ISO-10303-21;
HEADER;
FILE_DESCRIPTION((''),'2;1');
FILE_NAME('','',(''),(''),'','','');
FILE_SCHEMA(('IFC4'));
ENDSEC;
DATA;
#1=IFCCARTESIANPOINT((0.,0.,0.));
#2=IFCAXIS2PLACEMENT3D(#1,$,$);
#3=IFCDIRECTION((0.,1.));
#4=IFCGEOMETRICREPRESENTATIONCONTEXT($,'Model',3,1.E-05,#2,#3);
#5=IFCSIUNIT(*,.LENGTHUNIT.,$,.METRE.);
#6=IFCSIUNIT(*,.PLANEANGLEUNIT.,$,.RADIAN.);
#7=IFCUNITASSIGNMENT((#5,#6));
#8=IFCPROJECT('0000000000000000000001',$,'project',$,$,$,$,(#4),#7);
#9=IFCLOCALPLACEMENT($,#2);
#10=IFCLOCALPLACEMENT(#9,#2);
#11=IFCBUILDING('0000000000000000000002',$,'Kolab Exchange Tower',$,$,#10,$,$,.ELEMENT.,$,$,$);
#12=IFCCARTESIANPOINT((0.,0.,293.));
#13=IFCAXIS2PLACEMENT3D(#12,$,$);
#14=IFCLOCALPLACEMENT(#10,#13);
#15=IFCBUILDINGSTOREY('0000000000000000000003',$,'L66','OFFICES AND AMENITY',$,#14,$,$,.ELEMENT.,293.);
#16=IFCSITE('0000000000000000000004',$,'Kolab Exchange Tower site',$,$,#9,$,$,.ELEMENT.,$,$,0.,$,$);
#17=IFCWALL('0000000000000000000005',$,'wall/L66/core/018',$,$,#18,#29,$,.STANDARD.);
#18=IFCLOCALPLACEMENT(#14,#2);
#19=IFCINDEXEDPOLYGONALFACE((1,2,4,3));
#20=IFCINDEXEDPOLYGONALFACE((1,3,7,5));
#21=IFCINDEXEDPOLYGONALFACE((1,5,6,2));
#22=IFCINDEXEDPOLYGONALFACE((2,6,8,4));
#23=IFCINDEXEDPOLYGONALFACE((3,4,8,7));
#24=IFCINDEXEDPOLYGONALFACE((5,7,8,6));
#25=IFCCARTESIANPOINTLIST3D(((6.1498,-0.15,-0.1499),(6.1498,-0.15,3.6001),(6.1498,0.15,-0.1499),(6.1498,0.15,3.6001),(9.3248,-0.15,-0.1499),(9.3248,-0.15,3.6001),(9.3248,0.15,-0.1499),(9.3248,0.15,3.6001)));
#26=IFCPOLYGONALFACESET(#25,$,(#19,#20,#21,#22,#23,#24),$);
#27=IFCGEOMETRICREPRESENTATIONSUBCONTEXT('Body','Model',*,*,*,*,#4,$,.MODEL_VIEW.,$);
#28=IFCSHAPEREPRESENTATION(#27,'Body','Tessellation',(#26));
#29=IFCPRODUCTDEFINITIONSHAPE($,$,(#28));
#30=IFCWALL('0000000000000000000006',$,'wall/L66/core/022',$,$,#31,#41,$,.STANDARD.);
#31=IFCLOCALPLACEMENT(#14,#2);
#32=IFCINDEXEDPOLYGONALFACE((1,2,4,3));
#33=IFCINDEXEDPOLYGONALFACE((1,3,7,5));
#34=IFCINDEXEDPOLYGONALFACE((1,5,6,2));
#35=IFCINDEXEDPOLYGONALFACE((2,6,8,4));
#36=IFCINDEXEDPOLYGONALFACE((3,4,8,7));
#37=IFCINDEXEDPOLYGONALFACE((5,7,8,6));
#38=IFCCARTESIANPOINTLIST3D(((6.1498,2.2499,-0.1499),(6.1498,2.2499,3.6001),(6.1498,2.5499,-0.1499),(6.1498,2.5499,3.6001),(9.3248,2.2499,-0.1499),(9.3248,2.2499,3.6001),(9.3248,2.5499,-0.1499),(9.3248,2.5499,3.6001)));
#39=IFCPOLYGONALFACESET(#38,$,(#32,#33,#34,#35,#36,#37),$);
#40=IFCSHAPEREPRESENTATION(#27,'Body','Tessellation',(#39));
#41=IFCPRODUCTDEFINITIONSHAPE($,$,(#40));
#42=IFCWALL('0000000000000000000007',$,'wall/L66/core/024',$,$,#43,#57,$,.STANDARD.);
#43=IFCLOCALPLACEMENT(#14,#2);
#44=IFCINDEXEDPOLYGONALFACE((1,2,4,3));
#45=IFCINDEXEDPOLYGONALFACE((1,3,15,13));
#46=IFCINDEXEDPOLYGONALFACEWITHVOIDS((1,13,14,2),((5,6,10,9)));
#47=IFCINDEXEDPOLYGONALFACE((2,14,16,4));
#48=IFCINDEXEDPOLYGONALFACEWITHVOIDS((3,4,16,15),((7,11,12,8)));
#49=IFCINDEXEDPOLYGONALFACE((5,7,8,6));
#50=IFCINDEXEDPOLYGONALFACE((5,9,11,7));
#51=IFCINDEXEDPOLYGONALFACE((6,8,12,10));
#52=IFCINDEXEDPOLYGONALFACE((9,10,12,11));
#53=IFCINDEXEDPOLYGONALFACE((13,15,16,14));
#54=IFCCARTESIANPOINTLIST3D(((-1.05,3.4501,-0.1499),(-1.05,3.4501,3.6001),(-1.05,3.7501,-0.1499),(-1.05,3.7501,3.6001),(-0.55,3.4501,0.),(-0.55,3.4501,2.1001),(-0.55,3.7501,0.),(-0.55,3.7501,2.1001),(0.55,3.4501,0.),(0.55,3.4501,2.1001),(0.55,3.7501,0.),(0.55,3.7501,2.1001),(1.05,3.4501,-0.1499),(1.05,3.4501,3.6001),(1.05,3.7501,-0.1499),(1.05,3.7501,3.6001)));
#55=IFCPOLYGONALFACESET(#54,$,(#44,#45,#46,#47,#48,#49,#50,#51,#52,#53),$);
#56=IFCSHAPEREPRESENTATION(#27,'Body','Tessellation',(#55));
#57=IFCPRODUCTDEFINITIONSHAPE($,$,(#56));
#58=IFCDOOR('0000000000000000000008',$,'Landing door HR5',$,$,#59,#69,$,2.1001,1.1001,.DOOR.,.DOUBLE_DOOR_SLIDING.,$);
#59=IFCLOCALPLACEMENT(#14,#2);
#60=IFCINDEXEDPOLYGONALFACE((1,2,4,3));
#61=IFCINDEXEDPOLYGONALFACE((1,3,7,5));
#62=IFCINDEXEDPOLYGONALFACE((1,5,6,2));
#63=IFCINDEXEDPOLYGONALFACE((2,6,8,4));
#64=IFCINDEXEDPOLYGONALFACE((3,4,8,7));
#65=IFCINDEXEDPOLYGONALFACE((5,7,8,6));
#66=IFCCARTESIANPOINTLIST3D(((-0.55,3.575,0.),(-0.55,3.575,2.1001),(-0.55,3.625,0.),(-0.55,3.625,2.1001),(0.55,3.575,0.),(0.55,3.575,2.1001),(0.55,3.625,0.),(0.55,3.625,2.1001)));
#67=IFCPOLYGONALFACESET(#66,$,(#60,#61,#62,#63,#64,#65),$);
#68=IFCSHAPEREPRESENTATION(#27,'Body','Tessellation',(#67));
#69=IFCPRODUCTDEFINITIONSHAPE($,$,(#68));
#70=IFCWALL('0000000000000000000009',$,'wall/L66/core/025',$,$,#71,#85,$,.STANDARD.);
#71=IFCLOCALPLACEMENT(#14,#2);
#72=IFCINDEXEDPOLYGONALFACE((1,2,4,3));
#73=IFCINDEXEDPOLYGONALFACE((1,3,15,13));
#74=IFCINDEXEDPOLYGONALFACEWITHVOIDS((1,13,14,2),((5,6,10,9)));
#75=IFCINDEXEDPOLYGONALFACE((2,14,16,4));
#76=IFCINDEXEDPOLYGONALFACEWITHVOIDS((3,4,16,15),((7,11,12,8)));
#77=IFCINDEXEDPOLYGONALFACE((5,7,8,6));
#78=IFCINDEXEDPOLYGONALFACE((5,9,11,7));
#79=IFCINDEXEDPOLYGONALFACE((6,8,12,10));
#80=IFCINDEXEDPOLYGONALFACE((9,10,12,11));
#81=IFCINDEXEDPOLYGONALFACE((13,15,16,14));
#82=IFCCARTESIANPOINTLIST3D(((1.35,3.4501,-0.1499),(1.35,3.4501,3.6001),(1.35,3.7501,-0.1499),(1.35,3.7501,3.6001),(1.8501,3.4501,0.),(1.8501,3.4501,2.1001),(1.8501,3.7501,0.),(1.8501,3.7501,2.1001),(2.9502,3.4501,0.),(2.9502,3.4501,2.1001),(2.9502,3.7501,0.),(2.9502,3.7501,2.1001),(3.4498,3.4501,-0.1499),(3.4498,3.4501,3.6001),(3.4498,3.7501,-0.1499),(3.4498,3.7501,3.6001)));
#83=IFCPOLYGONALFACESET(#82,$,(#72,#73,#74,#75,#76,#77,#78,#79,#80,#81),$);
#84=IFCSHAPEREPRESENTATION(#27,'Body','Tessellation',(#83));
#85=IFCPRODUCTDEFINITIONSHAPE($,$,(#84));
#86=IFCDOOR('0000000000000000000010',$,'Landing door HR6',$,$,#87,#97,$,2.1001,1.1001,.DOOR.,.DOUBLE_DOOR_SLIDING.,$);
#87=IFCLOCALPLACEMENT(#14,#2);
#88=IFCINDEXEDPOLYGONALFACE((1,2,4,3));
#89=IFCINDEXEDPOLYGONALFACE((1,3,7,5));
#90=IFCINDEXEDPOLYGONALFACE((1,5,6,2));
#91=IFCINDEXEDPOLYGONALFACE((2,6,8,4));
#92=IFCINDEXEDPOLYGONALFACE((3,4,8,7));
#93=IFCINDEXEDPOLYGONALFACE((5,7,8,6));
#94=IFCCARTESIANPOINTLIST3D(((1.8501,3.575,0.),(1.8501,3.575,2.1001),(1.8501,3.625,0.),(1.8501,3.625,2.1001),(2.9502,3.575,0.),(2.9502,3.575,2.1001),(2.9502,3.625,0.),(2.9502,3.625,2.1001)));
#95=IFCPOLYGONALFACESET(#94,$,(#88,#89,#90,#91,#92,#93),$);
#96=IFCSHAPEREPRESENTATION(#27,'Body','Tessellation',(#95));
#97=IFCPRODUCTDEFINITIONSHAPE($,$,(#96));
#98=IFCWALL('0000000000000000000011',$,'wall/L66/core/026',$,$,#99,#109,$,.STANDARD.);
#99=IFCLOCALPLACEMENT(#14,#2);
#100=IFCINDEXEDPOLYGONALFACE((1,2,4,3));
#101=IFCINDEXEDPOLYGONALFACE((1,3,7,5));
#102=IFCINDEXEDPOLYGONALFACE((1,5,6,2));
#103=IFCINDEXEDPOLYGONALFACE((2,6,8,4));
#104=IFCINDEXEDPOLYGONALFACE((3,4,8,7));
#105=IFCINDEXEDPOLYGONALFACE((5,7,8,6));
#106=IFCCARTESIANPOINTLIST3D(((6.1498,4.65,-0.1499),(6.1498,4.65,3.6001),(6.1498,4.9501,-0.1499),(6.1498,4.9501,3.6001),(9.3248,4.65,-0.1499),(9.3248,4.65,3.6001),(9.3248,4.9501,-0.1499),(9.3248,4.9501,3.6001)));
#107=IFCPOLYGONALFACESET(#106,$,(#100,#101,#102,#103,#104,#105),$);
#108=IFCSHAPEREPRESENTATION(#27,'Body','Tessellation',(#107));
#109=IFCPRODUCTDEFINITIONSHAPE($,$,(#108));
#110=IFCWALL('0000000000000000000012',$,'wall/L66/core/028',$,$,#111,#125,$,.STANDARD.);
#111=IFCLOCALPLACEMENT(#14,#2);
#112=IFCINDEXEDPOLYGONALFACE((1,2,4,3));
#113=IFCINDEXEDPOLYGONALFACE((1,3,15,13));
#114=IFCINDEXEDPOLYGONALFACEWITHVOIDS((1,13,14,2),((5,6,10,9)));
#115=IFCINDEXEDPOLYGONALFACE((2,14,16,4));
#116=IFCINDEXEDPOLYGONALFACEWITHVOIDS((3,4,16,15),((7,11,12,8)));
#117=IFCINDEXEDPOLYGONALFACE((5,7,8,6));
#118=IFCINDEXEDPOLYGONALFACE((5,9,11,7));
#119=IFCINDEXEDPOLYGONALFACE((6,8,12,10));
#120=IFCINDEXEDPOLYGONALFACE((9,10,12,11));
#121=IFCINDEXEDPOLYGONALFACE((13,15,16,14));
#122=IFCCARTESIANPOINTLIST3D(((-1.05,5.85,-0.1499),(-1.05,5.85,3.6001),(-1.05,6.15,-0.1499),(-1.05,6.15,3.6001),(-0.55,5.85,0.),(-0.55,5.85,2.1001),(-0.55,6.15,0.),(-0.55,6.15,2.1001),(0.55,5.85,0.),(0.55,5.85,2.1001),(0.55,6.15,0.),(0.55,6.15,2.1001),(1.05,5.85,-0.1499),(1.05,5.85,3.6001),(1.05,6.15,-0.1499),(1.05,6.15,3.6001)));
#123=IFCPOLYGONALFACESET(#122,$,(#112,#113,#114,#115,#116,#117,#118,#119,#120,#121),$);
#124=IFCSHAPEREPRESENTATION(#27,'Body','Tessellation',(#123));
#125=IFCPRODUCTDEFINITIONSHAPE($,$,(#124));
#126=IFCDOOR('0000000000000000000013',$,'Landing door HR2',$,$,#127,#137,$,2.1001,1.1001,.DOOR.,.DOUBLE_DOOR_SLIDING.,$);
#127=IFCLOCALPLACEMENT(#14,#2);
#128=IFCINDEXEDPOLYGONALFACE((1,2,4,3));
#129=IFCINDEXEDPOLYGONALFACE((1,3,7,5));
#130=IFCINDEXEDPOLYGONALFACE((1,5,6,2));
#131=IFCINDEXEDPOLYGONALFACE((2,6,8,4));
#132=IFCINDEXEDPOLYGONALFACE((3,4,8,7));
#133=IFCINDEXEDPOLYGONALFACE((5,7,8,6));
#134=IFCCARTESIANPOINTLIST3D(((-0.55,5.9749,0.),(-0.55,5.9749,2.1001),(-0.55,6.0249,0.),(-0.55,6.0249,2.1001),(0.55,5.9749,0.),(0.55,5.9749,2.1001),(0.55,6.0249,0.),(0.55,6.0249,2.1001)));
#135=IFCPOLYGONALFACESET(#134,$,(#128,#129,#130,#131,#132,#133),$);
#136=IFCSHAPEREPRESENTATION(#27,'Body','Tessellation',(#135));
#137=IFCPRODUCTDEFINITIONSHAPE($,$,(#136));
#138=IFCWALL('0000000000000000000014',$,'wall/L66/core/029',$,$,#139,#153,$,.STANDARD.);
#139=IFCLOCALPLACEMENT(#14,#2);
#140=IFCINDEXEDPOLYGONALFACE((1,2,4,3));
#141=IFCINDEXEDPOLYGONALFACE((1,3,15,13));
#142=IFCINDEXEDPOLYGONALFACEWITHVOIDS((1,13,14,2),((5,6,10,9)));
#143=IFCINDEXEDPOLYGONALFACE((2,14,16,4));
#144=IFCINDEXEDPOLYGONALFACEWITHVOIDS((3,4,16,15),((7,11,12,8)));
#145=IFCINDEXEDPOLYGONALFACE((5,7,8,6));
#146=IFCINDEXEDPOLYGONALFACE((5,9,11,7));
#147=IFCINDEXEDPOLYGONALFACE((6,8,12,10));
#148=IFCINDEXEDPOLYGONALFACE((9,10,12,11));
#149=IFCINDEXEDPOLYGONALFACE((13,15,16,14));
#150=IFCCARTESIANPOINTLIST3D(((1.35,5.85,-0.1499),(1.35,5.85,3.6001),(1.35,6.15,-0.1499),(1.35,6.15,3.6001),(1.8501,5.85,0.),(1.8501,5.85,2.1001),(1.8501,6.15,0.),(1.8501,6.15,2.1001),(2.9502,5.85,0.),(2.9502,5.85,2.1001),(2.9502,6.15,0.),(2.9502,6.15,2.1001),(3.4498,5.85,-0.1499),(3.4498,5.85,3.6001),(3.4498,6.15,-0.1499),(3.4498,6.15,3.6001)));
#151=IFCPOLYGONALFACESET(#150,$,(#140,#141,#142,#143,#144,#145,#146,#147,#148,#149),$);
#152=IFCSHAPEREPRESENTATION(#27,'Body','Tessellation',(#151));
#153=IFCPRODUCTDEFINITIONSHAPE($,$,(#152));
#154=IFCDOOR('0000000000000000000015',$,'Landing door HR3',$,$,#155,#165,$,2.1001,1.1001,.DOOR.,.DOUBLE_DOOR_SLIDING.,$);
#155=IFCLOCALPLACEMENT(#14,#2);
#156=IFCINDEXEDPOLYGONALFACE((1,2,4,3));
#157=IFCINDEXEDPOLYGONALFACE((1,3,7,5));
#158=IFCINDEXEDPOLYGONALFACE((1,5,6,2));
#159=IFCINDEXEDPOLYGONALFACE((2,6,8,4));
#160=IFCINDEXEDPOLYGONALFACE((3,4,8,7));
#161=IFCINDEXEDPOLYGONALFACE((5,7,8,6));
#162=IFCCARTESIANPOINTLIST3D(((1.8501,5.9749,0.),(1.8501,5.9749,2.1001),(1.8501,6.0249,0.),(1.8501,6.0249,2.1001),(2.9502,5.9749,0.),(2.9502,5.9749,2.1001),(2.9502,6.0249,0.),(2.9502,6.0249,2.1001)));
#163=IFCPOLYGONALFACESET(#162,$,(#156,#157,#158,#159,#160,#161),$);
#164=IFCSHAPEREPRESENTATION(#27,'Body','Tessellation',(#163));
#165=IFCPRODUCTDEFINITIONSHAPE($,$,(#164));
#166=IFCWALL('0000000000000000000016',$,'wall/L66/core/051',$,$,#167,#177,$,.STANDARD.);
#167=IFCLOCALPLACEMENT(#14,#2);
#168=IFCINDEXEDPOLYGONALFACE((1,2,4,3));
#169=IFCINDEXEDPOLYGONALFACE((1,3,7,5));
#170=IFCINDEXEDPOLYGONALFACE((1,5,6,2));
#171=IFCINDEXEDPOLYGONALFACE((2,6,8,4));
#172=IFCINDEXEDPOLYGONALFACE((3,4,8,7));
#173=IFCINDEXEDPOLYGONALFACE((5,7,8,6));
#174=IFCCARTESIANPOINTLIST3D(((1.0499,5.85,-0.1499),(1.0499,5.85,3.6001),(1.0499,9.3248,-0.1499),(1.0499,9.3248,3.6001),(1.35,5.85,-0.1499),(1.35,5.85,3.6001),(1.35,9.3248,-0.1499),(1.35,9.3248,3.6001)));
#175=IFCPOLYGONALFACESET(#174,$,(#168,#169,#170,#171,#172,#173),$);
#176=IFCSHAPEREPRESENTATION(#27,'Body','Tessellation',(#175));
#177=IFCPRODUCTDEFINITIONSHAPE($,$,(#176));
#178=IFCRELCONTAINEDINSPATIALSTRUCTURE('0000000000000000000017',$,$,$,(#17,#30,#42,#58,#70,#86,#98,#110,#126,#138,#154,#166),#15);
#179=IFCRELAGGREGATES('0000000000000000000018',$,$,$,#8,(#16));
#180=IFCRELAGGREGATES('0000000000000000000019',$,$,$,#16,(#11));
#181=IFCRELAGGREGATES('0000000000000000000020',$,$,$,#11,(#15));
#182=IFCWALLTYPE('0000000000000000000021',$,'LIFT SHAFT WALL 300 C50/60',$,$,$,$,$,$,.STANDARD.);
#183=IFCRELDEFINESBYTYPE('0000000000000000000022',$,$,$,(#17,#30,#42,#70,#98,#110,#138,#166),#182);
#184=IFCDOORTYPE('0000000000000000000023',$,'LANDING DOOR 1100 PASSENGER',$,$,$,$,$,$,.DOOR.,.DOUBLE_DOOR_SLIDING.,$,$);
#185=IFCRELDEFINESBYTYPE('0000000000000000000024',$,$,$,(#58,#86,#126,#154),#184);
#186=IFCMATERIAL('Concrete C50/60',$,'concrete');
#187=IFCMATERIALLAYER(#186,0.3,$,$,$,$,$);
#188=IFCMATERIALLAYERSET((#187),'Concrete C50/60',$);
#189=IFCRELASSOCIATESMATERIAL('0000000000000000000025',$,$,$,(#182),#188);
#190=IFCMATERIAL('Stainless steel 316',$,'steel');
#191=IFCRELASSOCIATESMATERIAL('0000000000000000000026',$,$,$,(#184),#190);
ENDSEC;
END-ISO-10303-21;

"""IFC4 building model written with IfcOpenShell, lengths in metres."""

from ifc_helpers import new_model, si_unit, direction, frame, frame_2d, origin, place, context, subcontext, project, spatial, rectangle, extrude, material, layer, layer_set, type_object, element, fill, save


model = new_model("IFC4")

# Units and contexts
model_context = context("Model", 3, precision=1e-05, world=origin(), true_north=direction((0.0, 1.0)))
body_context = subcontext(model_context, "Body", "Model", "MODEL_VIEW")
ifc_project = project(units=[si_unit("LENGTHUNIT", "METRE"), si_unit("PLANEANGLEUNIT", "RADIAN")], contexts=[model_context])

# Site, building, storey
site_placement = place(None, origin())
site = spatial("IfcSite", under=ifc_project, at=site_placement, Name="Kolab Exchange Tower site", CompositionType="ELEMENT", RefElevation=0.0)
building_placement = place(site_placement, origin())
building = spatial("IfcBuilding", under=site, at=building_placement, Name="Kolab Exchange Tower", CompositionType="ELEMENT")
storey_placement = place(building_placement, frame((0.0, 0.0, 293.0)))
storey = spatial("IfcBuildingStorey", under=building, at=storey_placement, Name="L66", Description="OFFICES AND AMENITY", CompositionType="ELEMENT", Elevation=293.0)

# Shared definitions
ifc_material_1 = material(Name="Concrete C50/60", Category="concrete")

# Walls
ifc_layer_1 = layer(ifc_material_1, 0.3)
ifc_layer_set_1 = layer_set([ifc_layer_1], Name="Concrete C50/60")
wall_type_1 = type_object("IfcWallType", Name="LIFT SHAFT WALL 300 C50/60", PredefinedType="STANDARD", material=ifc_layer_set_1)
for number, where, z_axis, x_axis, name in (
    (1, (6.1499, 0.0, -0.1499), (0.0, 0.0, 1.0), (1.0, 0.0, 0.0), "wall/L66/core/018"),
    (2, (6.1499, 2.3999, -0.1499), (0.0, 0.0, 1.0), (1.0, 0.0, 0.0), "wall/L66/core/022"),
):
    element("IfcWall", number, at=place(storey_placement, frame(where, z_axis=z_axis, x_axis=x_axis)), inside=storey, type_object=wall_type_1, Name=name, PredefinedType="STANDARD", context=body_context, shape_type="SweptSolid", body=[
        extrude(rectangle(XDim=3.175, YDim=0.3, at=frame_2d((1.5874, 0.0))), origin(), (0.0, 0.0, 1.0), 3.75),
    ])

# Walls, openings, doors
wall_1_placement = place(storey_placement, frame((-1.05, 3.6001, -0.1499), z_axis=(0.0, 0.0, 1.0), x_axis=(1.0, 0.0, 0.0)))
wall_1 = element("IfcWall", 3, at=wall_1_placement, inside=storey, type_object=wall_type_1, Name="wall/L66/core/024", PredefinedType="STANDARD", context=body_context, shape_type="SweptSolid", body=[
    extrude(rectangle(XDim=2.1001, YDim=0.3, at=frame_2d((1.05, 0.0))), origin(), (0.0, 0.0, 1.0), 3.75),
])
opening_1_placement = place(wall_1_placement, frame((0.5, 0.0, 0.1499)))
opening_1 = element("IfcOpeningElement", 4, at=opening_1_placement, cuts=wall_1, PredefinedType="OPENING", context=body_context, shape_type="SweptSolid", body=[
    extrude(rectangle(XDim=1.1001, YDim=2.1001, at=frame_2d((0.55, 1.05))), frame((0.0, 0.1602, 0.0), z_axis=(0.0, -1.0, 0.0), x_axis=(1.0, 0.0, 0.0)), (0.0, 0.0, 1.0), 0.3201),
])
ifc_material_2 = material(Name="Stainless steel 316", Category="steel")
door_type_1 = type_object("IfcDoorType", Name="LANDING DOOR 1100 PASSENGER", OperationType="DOUBLE_DOOR_SLIDING", PredefinedType="DOOR", material=ifc_material_2)
door_1_placement = place(opening_1_placement, origin())
door_1 = element("IfcDoor", 5, at=door_1_placement, inside=storey, type_object=door_type_1, Name="Landing door HR5", OperationType="DOUBLE_DOOR_SLIDING", OverallHeight=2.1001, OverallWidth=1.1001, PredefinedType="DOOR", context=body_context, shape_type="SweptSolid", body=[
    extrude(rectangle(XDim=1.1001, YDim=2.1001, at=frame_2d((0.55, 1.05))), frame((0.0, 0.0249, 0.0), z_axis=(0.0, -1.0, 0.0), x_axis=(1.0, 0.0, 0.0)), (0.0, 0.0, 1.0), 0.05),
])
fill(opening_1, door_1)
wall_2_placement = place(storey_placement, frame((1.3501, 3.6001, -0.1499), z_axis=(0.0, 0.0, 1.0), x_axis=(1.0, 0.0, 0.0)))
wall_2 = element("IfcWall", 6, at=wall_2_placement, inside=storey, type_object=wall_type_1, Name="wall/L66/core/025", PredefinedType="STANDARD", context=body_context, shape_type="SweptSolid", body=[
    extrude(rectangle(XDim=2.0999, YDim=0.3, at=frame_2d((1.0498, 0.0))), origin(), (0.0, 0.0, 1.0), 3.75),
])
opening_2_placement = place(wall_2_placement, frame((0.5, 0.0, 0.1499)))
opening_2 = element("IfcOpeningElement", 7, at=opening_2_placement, cuts=wall_2, PredefinedType="OPENING", context=body_context, shape_type="SweptSolid", body=[
    extrude(rectangle(XDim=1.1001, YDim=2.1001, at=frame_2d((0.55, 1.05))), frame((0.0, 0.1602, 0.0), z_axis=(0.0, -1.0, 0.0), x_axis=(1.0, 0.0, 0.0)), (0.0, 0.0, 1.0), 0.3201),
])
door_2_placement = place(opening_2_placement, origin())
door_2 = element("IfcDoor", 8, at=door_2_placement, inside=storey, type_object=door_type_1, Name="Landing door HR6", OperationType="DOUBLE_DOOR_SLIDING", OverallHeight=2.1001, OverallWidth=1.1001, PredefinedType="DOOR", context=body_context, shape_type="SweptSolid", body=[
    extrude(rectangle(XDim=1.1001, YDim=2.1001, at=frame_2d((0.55, 1.05))), frame((0.0, 0.0249, 0.0), z_axis=(0.0, -1.0, 0.0), x_axis=(1.0, 0.0, 0.0)), (0.0, 0.0, 1.0), 0.05),
])
fill(opening_2, door_2)

# Wall
wall_3_placement = place(storey_placement, frame((6.1499, 4.8, -0.1499), z_axis=(0.0, 0.0, 1.0), x_axis=(1.0, 0.0, 0.0)))
element("IfcWall", 9, at=wall_3_placement, inside=storey, type_object=wall_type_1, Name="wall/L66/core/026", PredefinedType="STANDARD", context=body_context, shape_type="SweptSolid", body=[
    extrude(rectangle(XDim=3.175, YDim=0.3, at=frame_2d((1.5874, 0.0))), origin(), (0.0, 0.0, 1.0), 3.75),
])

# Walls, openings, doors
wall_4_placement = place(storey_placement, frame((-1.05, 6.0, -0.1499), z_axis=(0.0, 0.0, 1.0), x_axis=(1.0, 0.0, 0.0)))
wall_4 = element("IfcWall", 10, at=wall_4_placement, inside=storey, type_object=wall_type_1, Name="wall/L66/core/028", PredefinedType="STANDARD", context=body_context, shape_type="SweptSolid", body=[
    extrude(rectangle(XDim=2.1001, YDim=0.3, at=frame_2d((1.05, 0.0))), origin(), (0.0, 0.0, 1.0), 3.75),
])
opening_3_placement = place(wall_4_placement, frame((0.5, 0.0, 0.1499)))
opening_3 = element("IfcOpeningElement", 11, at=opening_3_placement, cuts=wall_4, PredefinedType="OPENING", context=body_context, shape_type="SweptSolid", body=[
    extrude(rectangle(XDim=1.1001, YDim=2.1001, at=frame_2d((0.55, 1.05))), frame((0.0, 0.1602, 0.0), z_axis=(0.0, -1.0, 0.0), x_axis=(1.0, 0.0, 0.0)), (0.0, 0.0, 1.0), 0.3201),
])
door_3_placement = place(opening_3_placement, origin())
door_3 = element("IfcDoor", 12, at=door_3_placement, inside=storey, type_object=door_type_1, Name="Landing door HR2", OperationType="DOUBLE_DOOR_SLIDING", OverallHeight=2.1001, OverallWidth=1.1001, PredefinedType="DOOR", context=body_context, shape_type="SweptSolid", body=[
    extrude(rectangle(XDim=1.1001, YDim=2.1001, at=frame_2d((0.55, 1.05))), frame((0.0, 0.0249, 0.0), z_axis=(0.0, -1.0, 0.0), x_axis=(1.0, 0.0, 0.0)), (0.0, 0.0, 1.0), 0.05),
])
fill(opening_3, door_3)
wall_5_placement = place(storey_placement, frame((1.3501, 6.0, -0.1499), z_axis=(0.0, 0.0, 1.0), x_axis=(1.0, 0.0, 0.0)))
wall_5 = element("IfcWall", 13, at=wall_5_placement, inside=storey, type_object=wall_type_1, Name="wall/L66/core/029", PredefinedType="STANDARD", context=body_context, shape_type="SweptSolid", body=[
    extrude(rectangle(XDim=2.0999, YDim=0.3, at=frame_2d((1.0498, 0.0))), origin(), (0.0, 0.0, 1.0), 3.75),
])
opening_4_placement = place(wall_5_placement, frame((0.5, 0.0, 0.1499)))
opening_4 = element("IfcOpeningElement", 14, at=opening_4_placement, cuts=wall_5, PredefinedType="OPENING", context=body_context, shape_type="SweptSolid", body=[
    extrude(rectangle(XDim=1.1001, YDim=2.1001, at=frame_2d((0.55, 1.05))), frame((0.0, 0.1602, 0.0), z_axis=(0.0, -1.0, 0.0), x_axis=(1.0, 0.0, 0.0)), (0.0, 0.0, 1.0), 0.3201),
])
door_4_placement = place(opening_4_placement, origin())
door_4 = element("IfcDoor", 15, at=door_4_placement, inside=storey, type_object=door_type_1, Name="Landing door HR3", OperationType="DOUBLE_DOOR_SLIDING", OverallHeight=2.1001, OverallWidth=1.1001, PredefinedType="DOOR", context=body_context, shape_type="SweptSolid", body=[
    extrude(rectangle(XDim=1.1001, YDim=2.1001, at=frame_2d((0.55, 1.05))), frame((0.0, 0.0249, 0.0), z_axis=(0.0, -1.0, 0.0), x_axis=(1.0, 0.0, 0.0)), (0.0, 0.0, 1.0), 0.05),
])
fill(opening_4, door_4)

# Wall
for number, where, z_axis, x_axis, name in (
    (16, (1.2, 5.8501, -0.1499), (0.0, 0.0, 1.0), (0.0, 1.0, 0.0), "wall/L66/core/051"),
):
    element("IfcWall", number, at=place(storey_placement, frame(where, z_axis=z_axis, x_axis=x_axis)), inside=storey, type_object=wall_type_1, Name=name, PredefinedType="STANDARD", context=body_context, shape_type="SweptSolid", body=[
        extrude(rectangle(XDim=3.4749, YDim=0.3, at=frame_2d((1.7373, 0.0))), origin(), (0.0, 0.0, 1.0), 3.75),
    ])

save(model, "model.ifc")
